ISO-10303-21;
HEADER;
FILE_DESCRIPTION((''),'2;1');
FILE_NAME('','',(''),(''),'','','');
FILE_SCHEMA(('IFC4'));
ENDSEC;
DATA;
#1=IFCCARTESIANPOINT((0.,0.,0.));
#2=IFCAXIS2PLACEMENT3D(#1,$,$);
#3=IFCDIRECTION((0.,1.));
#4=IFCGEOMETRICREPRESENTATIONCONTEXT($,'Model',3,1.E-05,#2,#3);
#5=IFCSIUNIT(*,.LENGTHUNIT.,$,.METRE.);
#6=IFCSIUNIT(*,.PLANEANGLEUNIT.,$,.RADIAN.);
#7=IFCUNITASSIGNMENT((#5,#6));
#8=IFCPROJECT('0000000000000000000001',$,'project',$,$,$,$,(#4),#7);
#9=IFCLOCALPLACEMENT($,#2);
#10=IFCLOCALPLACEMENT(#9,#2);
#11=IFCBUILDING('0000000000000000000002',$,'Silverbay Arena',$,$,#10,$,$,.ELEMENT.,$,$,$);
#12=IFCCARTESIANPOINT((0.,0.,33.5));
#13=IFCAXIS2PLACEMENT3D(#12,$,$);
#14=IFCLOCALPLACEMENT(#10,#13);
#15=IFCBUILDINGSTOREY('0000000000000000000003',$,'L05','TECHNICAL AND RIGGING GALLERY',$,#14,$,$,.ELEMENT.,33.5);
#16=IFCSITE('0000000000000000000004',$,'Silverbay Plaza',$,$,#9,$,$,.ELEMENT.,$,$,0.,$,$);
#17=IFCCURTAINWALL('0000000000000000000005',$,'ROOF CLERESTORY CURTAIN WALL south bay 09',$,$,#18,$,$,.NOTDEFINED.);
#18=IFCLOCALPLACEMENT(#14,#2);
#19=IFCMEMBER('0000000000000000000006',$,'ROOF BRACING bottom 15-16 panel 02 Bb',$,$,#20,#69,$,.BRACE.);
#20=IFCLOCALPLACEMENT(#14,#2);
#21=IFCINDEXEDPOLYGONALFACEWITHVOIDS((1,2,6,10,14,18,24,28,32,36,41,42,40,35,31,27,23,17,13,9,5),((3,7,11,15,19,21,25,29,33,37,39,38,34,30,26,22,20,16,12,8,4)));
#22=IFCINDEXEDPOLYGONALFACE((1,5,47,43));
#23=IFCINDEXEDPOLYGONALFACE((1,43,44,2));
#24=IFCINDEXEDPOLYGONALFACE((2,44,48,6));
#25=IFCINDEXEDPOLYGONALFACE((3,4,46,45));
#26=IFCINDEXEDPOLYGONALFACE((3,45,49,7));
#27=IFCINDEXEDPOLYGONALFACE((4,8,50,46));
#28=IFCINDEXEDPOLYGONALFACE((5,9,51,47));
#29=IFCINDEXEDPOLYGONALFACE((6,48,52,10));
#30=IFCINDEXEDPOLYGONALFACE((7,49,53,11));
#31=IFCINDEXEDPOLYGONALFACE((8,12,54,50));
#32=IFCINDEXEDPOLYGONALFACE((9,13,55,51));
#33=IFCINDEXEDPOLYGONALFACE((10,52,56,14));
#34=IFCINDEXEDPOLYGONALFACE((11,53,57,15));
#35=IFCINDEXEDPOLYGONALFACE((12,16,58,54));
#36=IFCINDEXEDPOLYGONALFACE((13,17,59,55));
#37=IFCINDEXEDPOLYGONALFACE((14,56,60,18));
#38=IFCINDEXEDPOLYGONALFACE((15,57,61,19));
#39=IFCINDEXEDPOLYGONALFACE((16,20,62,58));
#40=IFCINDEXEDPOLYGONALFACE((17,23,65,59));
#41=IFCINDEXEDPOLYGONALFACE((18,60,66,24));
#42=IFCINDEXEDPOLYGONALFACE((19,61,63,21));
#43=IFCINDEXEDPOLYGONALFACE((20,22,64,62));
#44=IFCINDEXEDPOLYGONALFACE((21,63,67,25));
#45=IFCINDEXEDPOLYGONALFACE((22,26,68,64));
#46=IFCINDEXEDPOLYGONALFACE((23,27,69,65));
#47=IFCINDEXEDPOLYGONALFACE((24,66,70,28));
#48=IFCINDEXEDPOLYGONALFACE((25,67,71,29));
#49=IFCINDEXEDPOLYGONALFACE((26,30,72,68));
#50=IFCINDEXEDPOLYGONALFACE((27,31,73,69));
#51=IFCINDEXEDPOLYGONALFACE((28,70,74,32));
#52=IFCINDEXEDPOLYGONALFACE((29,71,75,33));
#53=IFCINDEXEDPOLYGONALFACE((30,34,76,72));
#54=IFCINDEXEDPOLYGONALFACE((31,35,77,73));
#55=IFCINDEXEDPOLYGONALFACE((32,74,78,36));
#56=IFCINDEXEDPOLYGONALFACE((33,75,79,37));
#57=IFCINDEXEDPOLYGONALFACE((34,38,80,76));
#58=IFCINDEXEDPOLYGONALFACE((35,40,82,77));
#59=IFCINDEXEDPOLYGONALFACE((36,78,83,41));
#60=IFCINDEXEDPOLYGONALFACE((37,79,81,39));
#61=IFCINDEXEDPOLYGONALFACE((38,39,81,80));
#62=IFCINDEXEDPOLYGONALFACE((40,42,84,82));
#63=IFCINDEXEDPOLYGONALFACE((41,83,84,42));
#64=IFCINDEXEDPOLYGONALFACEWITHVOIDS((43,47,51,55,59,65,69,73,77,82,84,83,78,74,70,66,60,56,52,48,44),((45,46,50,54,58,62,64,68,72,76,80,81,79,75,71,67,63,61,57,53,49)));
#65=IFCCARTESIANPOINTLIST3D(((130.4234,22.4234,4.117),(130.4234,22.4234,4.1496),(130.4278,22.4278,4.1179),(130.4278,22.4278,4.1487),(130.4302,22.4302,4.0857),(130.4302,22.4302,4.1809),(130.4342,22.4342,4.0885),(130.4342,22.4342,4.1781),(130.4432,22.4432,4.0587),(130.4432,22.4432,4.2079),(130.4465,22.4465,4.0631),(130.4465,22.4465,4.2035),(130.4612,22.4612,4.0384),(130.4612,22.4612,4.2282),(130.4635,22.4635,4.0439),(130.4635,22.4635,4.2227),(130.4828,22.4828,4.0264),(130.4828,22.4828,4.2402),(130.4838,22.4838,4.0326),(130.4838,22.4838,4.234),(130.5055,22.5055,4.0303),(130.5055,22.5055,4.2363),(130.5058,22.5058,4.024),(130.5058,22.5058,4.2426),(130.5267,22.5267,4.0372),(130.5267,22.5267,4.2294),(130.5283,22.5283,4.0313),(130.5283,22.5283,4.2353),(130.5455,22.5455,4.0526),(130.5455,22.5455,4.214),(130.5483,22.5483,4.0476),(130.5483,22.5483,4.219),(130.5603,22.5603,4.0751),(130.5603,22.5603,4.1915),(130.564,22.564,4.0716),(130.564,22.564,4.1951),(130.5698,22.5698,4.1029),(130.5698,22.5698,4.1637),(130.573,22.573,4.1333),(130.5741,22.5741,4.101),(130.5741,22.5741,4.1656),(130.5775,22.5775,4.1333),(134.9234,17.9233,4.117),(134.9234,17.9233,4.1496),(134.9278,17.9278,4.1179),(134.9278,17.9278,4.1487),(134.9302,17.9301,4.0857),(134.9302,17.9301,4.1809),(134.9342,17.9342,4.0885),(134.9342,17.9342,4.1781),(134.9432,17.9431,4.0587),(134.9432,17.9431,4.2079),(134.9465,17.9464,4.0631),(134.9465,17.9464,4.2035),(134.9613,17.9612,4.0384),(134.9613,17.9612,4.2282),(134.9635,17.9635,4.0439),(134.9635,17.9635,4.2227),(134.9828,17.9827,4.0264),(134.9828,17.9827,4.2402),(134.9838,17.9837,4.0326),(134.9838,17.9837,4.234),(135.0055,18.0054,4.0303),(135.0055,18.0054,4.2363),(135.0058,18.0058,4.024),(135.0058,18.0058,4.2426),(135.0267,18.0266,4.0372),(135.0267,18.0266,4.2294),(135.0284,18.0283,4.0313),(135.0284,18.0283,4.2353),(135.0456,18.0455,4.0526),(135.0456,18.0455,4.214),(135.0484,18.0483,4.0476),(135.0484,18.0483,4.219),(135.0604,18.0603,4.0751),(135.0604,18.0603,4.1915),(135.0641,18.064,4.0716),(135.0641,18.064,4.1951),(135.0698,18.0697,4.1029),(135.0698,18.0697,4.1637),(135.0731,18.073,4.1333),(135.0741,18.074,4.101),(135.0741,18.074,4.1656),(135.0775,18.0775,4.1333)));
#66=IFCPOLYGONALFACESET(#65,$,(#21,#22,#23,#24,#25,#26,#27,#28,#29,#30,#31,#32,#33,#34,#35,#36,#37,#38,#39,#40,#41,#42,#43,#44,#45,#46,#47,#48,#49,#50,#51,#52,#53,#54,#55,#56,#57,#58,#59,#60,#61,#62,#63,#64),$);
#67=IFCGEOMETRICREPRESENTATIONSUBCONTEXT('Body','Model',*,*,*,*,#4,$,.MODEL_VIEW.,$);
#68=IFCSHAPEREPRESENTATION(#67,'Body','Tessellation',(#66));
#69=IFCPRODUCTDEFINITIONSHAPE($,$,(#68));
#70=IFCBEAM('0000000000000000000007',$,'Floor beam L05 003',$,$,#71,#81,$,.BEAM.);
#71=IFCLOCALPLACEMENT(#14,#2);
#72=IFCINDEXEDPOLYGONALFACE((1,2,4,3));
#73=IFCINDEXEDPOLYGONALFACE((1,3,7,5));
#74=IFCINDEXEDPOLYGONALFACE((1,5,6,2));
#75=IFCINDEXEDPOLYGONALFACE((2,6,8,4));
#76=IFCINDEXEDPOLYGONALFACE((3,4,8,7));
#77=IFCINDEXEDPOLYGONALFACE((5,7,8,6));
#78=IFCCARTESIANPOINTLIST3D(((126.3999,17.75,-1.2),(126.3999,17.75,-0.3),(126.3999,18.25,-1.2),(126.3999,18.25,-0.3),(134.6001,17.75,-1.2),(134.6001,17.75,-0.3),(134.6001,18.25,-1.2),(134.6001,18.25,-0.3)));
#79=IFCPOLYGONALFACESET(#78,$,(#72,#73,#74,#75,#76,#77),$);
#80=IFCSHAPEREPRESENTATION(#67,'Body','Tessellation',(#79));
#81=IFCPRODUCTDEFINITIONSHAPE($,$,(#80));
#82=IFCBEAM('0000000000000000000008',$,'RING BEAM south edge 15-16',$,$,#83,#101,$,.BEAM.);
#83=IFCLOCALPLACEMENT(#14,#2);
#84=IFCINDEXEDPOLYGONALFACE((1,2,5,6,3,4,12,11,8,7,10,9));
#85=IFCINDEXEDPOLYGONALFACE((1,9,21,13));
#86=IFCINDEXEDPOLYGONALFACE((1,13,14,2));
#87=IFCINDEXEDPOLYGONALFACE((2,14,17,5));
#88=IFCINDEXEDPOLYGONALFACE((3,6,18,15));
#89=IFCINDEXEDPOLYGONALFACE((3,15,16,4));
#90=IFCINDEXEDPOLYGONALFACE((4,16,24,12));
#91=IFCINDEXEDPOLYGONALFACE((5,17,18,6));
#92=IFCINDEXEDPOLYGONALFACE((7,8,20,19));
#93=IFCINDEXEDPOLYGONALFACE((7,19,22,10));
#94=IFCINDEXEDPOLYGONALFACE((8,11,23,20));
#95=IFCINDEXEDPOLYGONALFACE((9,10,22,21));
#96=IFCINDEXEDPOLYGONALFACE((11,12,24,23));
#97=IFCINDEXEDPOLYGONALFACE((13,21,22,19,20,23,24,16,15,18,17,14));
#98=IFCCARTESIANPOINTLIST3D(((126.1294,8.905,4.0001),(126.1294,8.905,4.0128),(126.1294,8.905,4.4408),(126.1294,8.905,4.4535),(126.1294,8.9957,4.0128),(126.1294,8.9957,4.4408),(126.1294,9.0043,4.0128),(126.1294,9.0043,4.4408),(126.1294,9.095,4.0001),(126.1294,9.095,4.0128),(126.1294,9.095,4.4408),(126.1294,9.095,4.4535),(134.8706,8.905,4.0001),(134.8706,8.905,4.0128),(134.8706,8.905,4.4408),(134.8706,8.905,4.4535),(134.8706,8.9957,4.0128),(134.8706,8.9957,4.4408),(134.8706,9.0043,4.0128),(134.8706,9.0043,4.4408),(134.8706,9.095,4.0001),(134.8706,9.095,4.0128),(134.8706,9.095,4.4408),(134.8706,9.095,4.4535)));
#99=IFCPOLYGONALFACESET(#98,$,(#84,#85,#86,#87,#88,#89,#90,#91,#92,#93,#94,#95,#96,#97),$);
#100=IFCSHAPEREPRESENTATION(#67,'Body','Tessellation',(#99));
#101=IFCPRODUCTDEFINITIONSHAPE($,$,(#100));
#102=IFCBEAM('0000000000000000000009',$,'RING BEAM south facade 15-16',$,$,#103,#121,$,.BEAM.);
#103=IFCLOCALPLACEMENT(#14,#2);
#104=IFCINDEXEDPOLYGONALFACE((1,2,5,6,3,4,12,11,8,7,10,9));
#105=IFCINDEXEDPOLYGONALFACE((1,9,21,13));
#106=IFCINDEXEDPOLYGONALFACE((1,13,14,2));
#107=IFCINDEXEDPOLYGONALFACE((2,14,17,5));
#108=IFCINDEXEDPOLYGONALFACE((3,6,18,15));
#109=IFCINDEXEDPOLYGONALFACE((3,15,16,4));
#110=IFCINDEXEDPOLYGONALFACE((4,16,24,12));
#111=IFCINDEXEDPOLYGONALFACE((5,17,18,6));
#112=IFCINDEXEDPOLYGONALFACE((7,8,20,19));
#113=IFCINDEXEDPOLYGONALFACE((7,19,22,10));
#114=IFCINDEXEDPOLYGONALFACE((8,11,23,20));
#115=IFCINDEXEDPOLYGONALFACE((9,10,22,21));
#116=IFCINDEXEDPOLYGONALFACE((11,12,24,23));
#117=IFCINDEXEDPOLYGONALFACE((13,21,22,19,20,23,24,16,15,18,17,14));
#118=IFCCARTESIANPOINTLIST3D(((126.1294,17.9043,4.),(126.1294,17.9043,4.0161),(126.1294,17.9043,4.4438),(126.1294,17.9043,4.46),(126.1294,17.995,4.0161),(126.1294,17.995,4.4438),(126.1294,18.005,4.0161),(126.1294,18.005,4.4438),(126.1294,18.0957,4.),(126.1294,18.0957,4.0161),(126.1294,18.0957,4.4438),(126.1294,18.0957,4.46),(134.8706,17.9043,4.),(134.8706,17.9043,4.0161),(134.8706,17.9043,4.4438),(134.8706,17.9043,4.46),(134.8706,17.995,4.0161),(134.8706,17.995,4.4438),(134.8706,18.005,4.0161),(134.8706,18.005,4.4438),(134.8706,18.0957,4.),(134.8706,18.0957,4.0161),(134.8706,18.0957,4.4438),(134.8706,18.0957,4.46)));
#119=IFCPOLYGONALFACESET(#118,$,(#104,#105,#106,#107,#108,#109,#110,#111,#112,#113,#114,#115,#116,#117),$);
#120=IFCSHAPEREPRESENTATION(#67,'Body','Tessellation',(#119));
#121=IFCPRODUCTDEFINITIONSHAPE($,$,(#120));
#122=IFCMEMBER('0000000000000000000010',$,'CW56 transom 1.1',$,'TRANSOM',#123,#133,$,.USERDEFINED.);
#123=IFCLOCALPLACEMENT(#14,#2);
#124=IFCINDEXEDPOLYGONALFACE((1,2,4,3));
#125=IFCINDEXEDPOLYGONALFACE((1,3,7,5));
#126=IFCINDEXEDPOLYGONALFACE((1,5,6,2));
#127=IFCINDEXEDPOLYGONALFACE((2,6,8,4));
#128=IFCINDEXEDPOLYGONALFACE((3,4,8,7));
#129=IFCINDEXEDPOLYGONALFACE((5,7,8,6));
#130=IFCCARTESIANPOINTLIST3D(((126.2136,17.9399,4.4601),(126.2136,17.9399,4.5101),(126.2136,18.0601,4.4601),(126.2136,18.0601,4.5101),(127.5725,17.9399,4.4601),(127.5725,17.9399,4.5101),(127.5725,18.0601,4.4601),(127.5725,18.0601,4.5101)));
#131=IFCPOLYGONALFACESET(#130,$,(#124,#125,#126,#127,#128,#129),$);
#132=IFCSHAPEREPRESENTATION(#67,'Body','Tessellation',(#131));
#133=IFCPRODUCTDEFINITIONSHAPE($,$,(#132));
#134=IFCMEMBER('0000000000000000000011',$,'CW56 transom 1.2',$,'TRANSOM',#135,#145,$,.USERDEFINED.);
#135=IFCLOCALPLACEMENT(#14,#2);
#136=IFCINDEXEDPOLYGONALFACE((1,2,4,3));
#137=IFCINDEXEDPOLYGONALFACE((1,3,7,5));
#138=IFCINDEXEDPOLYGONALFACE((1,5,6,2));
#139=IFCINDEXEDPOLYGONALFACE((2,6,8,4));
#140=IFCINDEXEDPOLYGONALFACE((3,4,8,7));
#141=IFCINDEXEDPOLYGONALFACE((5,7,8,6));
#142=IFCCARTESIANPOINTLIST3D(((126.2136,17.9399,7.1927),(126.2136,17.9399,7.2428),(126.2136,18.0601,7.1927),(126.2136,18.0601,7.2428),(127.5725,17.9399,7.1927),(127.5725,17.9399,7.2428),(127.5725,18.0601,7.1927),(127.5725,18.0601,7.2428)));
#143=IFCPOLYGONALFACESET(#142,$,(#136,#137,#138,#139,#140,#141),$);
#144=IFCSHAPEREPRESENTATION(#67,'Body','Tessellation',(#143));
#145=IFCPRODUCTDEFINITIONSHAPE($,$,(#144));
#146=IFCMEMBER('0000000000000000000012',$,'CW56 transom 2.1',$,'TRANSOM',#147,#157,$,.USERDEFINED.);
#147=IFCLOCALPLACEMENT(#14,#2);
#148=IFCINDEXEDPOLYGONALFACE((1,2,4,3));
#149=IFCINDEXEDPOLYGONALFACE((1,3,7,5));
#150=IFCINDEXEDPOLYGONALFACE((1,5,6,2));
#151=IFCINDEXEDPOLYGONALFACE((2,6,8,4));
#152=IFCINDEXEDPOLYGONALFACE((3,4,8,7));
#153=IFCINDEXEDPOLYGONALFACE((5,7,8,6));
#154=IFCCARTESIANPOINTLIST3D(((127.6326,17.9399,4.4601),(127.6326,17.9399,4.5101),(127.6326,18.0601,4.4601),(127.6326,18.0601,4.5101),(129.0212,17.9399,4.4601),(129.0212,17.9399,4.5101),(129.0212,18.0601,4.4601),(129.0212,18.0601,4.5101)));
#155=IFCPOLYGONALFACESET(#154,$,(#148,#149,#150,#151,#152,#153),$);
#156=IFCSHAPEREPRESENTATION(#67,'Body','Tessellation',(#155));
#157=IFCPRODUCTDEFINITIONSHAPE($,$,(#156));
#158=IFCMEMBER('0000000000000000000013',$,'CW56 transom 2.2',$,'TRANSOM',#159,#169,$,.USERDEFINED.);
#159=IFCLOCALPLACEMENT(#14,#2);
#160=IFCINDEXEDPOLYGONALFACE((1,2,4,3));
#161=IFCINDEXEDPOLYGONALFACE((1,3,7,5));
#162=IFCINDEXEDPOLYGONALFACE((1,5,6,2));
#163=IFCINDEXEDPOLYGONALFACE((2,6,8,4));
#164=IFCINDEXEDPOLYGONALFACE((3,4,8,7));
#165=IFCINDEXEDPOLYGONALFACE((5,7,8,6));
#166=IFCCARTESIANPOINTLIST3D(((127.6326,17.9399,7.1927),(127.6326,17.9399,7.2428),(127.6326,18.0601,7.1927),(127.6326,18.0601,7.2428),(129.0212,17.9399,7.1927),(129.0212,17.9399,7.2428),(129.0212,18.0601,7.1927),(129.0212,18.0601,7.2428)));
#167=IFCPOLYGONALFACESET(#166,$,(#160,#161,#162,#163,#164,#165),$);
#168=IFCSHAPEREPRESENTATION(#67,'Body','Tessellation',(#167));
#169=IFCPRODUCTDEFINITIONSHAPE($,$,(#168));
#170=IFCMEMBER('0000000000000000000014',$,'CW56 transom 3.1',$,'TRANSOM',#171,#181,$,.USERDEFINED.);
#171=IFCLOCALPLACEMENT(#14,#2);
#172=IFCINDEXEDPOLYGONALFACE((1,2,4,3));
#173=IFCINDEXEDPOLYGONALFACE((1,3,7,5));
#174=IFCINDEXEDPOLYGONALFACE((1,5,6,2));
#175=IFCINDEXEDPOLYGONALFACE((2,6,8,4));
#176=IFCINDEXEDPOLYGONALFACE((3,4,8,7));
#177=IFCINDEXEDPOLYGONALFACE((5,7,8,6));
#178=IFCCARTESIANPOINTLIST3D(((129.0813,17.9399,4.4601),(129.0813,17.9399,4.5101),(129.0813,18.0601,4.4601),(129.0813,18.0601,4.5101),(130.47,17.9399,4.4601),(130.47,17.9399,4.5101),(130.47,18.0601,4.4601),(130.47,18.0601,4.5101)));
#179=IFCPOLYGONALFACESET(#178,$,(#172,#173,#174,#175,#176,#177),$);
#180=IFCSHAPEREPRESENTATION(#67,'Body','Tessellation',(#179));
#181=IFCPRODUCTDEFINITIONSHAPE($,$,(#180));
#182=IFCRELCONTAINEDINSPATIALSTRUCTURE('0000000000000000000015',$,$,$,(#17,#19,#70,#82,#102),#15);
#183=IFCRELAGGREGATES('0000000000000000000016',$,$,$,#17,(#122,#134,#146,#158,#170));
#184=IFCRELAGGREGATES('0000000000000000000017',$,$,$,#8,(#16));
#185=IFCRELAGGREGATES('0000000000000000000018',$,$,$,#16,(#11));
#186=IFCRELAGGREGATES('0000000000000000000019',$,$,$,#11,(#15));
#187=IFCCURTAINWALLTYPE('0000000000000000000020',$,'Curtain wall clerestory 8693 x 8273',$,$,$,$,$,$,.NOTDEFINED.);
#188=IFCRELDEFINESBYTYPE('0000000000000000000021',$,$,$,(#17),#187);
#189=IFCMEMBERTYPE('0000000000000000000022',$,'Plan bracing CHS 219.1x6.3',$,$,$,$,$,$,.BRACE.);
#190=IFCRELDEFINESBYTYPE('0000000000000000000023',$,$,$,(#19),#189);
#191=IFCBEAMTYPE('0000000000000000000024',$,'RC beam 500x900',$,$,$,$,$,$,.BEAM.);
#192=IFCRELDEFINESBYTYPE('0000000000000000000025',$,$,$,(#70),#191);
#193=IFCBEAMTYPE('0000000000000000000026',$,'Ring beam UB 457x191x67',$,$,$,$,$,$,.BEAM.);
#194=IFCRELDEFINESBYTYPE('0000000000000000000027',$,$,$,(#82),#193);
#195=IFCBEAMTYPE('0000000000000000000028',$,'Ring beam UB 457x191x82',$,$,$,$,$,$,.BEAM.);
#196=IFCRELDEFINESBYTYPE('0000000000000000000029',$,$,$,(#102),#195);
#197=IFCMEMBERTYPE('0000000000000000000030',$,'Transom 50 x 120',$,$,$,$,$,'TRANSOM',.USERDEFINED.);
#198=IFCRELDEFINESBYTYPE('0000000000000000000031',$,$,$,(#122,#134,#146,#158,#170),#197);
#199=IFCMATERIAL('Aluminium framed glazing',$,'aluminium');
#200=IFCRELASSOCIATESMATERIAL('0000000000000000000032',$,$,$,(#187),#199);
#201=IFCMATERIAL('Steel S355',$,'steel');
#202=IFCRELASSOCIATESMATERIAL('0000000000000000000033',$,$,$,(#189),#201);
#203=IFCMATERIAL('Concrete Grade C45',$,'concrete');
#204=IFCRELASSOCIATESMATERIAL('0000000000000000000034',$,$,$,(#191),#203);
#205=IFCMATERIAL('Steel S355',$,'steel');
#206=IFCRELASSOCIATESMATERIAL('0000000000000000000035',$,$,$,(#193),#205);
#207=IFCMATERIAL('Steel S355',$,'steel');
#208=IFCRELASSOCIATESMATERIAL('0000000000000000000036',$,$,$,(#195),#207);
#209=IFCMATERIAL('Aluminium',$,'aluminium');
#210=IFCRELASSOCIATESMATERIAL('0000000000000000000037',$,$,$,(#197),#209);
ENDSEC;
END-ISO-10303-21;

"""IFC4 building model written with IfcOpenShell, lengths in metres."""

from ifc_helpers import new_model, si_unit, direction, frame, origin, origin_2d, place, context, subcontext, project, spatial, rectangle, hollow_circle, i_section, extrude, material, material_profile, profile_set, type_object, element, aggregate, save


model = new_model("IFC4")

# Units and contexts
model_context = context("Model", 3, precision=1e-05, world=origin(), true_north=direction((0.0, 1.0)))
body_context = subcontext(model_context, "Body", "Model", "MODEL_VIEW")
ifc_project = project(units=[si_unit("LENGTHUNIT", "METRE"), si_unit("PLANEANGLEUNIT", "RADIAN")], contexts=[model_context])

# Site, building, storey
site_placement = place(None, origin())
site = spatial("IfcSite", under=ifc_project, at=site_placement, Name="Silverbay Plaza", CompositionType="ELEMENT", RefElevation=0.0)
building_placement = place(site_placement, origin())
building = spatial("IfcBuilding", under=site, at=building_placement, Name="Silverbay Arena", CompositionType="ELEMENT")
storey_placement = place(building_placement, frame((0.0, 0.0, 33.5)))
storey = spatial("IfcBuildingStorey", under=building, at=storey_placement, Name="L05", Description="TECHNICAL AND RIGGING GALLERY", CompositionType="ELEMENT", Elevation=33.5)

# Curtain wall
ifc_material_1 = material(Name="Aluminium framed glazing", Category="aluminium")
curtain_wall_type = type_object("IfcCurtainWallType", Name="Curtain wall clerestory 8693 x 8273", PredefinedType="NOTDEFINED", material=ifc_material_1)
curtain_wall_placement = place(storey_placement, origin())
curtain_wall = element("IfcCurtainWall", 1, at=curtain_wall_placement, inside=storey, type_object=curtain_wall_type, Name="ROOF CLERESTORY CURTAIN WALL south bay 09", PredefinedType="NOTDEFINED")

# Member
ifc_material_2 = material(Name="Steel S355", Category="steel")
ifc_material_profile_1 = material_profile(ifc_material_2, hollow_circle(Radius=0.1096, WallThickness=0.0063, at=origin_2d()), Name="CHS 219.1x6.3")
ifc_profile_set_1 = profile_set([ifc_material_profile_1], Name="Steel S355")
member_type_1 = type_object("IfcMemberType", Name="Plan bracing CHS 219.1x6.3", PredefinedType="BRACE", material=ifc_profile_set_1)
for number, where, z_axis, x_axis, name in (
    (2, (130.5, 22.5, 4.1333), (0.707107, -0.707107, 0.0), (0.707107, 0.707107, 0.0), "ROOF BRACING bottom 15-16 panel 02 Bb"),
):
    element("IfcMember", number, at=place(storey_placement, frame(where, z_axis=z_axis, x_axis=x_axis)), inside=storey, type_object=member_type_1, Name=name, PredefinedType="BRACE", context=body_context, shape_type="SweptSolid", body=[
        extrude(hollow_circle(Radius=0.1096, WallThickness=0.0063, at=origin_2d()), origin(), (0.0, 0.0, 1.0), 6.364),
    ])

# Beams
ifc_material_3 = material(Name="Concrete Grade C45", Category="concrete")
ifc_material_profile_2 = material_profile(ifc_material_3, rectangle(XDim=0.5, YDim=0.8999, at=origin_2d()), Name="RC 500x900")
ifc_profile_set_2 = profile_set([ifc_material_profile_2], Name="Concrete Grade C45")
beam_type_1 = type_object("IfcBeamType", Name="RC beam 500x900", PredefinedType="BEAM", material=ifc_profile_set_2)
beam_1_placement = place(storey_placement, frame((126.3999, 18.0, -0.75), z_axis=(1.0, 0.0, 0.0), x_axis=(0.0, 1.0, 0.0)))
element("IfcBeam", 3, at=beam_1_placement, inside=storey, type_object=beam_type_1, Name="Floor beam L05 003", PredefinedType="BEAM", context=body_context, shape_type="SweptSolid", body=[
    extrude(rectangle(XDim=0.5, YDim=0.8999, at=origin_2d()), origin(), (0.0, 0.0, 1.0), 8.2002),
])
ifc_material_4 = material(Name="Steel S355", Category="steel")
ifc_material_profile_3 = material_profile(ifc_material_4, i_section(OverallWidth=0.1899, OverallDepth=0.4534, WebThickness=0.0085, FlangeThickness=0.0127, at=origin_2d()), Name="UB 457x191x67")
ifc_profile_set_3 = profile_set([ifc_material_profile_3], Name="Steel S355")
beam_type_2 = type_object("IfcBeamType", Name="Ring beam UB 457x191x67", PredefinedType="BEAM", material=ifc_profile_set_3)
beam_2_placement = place(storey_placement, frame((126.1294, 9.0, 4.2268), z_axis=(1.0, 0.0, 0.0), x_axis=(0.0, 1.0, 0.0)))
element("IfcBeam", 4, at=beam_2_placement, inside=storey, type_object=beam_type_2, Name="RING BEAM south edge 15-16", PredefinedType="BEAM", context=body_context, shape_type="SweptSolid", body=[
    extrude(i_section(OverallWidth=0.1899, OverallDepth=0.4534, WebThickness=0.0085, FlangeThickness=0.0127, at=origin_2d()), origin(), (0.0, 0.0, 1.0), 8.7412),
])
ifc_material_5 = material(Name="Steel S355", Category="steel")
ifc_material_profile_4 = material_profile(ifc_material_5, i_section(OverallWidth=0.1914, OverallDepth=0.46, WebThickness=0.01, FlangeThickness=0.0161, at=origin_2d()), Name="UB 457x191x82")
ifc_profile_set_4 = profile_set([ifc_material_profile_4], Name="Steel S355")
beam_type_3 = type_object("IfcBeamType", Name="Ring beam UB 457x191x82", PredefinedType="BEAM", material=ifc_profile_set_4)
beam_3_placement = place(storey_placement, frame((126.1294, 18.0, 4.23), z_axis=(1.0, 0.0, 0.0), x_axis=(0.0, 1.0, 0.0)))
element("IfcBeam", 5, at=beam_3_placement, inside=storey, type_object=beam_type_3, Name="RING BEAM south facade 15-16", PredefinedType="BEAM", context=body_context, shape_type="SweptSolid", body=[
    extrude(i_section(OverallWidth=0.1914, OverallDepth=0.46, WebThickness=0.01, FlangeThickness=0.0161, at=origin_2d()), origin(), (0.0, 0.0, 1.0), 8.7412),
])

# Members
ifc_material_6 = material(Name="Aluminium", Category="aluminium")
ifc_material_profile_5 = material_profile(ifc_material_6, rectangle(XDim=0.1201, YDim=0.05, at=origin_2d()), Name="Transom 50 x 120")
ifc_profile_set_5 = profile_set([ifc_material_profile_5], Name="Aluminium")
member_type_2 = type_object("IfcMemberType", Name="Transom 50 x 120", ElementType="TRANSOM", PredefinedType="USERDEFINED", material=ifc_profile_set_5)
member_1_placement = place(storey_placement, frame((126.2136, 18.0, 4.4851), z_axis=(1.0, 0.0, 0.0), x_axis=(0.0, 1.0, 0.0)))
member_1 = element("IfcMember", 6, at=member_1_placement, type_object=member_type_2, Name="CW56 transom 1.1", ObjectType="TRANSOM", PredefinedType="USERDEFINED", context=body_context, shape_type="SweptSolid", body=[
    extrude(rectangle(XDim=0.1201, YDim=0.05, at=origin_2d()), origin(), (0.0, 0.0, 1.0), 1.3589),
])
member_2_placement = place(storey_placement, frame((126.2136, 18.0, 7.2178), z_axis=(1.0, 0.0, 0.0), x_axis=(0.0, 1.0, 0.0)))
member_2 = element("IfcMember", 7, at=member_2_placement, type_object=member_type_2, Name="CW56 transom 1.2", ObjectType="TRANSOM", PredefinedType="USERDEFINED", context=body_context, shape_type="SweptSolid", body=[
    extrude(rectangle(XDim=0.1201, YDim=0.05, at=origin_2d()), origin(), (0.0, 0.0, 1.0), 1.3589),
])
member_3_placement = place(storey_placement, frame((127.6326, 18.0, 4.4851), z_axis=(1.0, 0.0, 0.0), x_axis=(0.0, 1.0, 0.0)))
member_3 = element("IfcMember", 8, at=member_3_placement, type_object=member_type_2, Name="CW56 transom 2.1", ObjectType="TRANSOM", PredefinedType="USERDEFINED", context=body_context, shape_type="SweptSolid", body=[
    extrude(rectangle(XDim=0.1201, YDim=0.05, at=origin_2d()), origin(), (0.0, 0.0, 1.0), 1.3887),
])
member_4_placement = place(storey_placement, frame((127.6326, 18.0, 7.2178), z_axis=(1.0, 0.0, 0.0), x_axis=(0.0, 1.0, 0.0)))
member_4 = element("IfcMember", 9, at=member_4_placement, type_object=member_type_2, Name="CW56 transom 2.2", ObjectType="TRANSOM", PredefinedType="USERDEFINED", context=body_context, shape_type="SweptSolid", body=[
    extrude(rectangle(XDim=0.1201, YDim=0.05, at=origin_2d()), origin(), (0.0, 0.0, 1.0), 1.3887),
])
member_5_placement = place(storey_placement, frame((129.0813, 18.0, 4.4851), z_axis=(1.0, 0.0, 0.0), x_axis=(0.0, 1.0, 0.0)))
member_5 = element("IfcMember", 10, at=member_5_placement, type_object=member_type_2, Name="CW56 transom 3.1", ObjectType="TRANSOM", PredefinedType="USERDEFINED", context=body_context, shape_type="SweptSolid", body=[
    extrude(rectangle(XDim=0.1201, YDim=0.05, at=origin_2d()), origin(), (0.0, 0.0, 1.0), 1.3887),
])

aggregate(curtain_wall, [member_1, member_2, member_3, member_4, member_5])

save(model, "model.ifc")
